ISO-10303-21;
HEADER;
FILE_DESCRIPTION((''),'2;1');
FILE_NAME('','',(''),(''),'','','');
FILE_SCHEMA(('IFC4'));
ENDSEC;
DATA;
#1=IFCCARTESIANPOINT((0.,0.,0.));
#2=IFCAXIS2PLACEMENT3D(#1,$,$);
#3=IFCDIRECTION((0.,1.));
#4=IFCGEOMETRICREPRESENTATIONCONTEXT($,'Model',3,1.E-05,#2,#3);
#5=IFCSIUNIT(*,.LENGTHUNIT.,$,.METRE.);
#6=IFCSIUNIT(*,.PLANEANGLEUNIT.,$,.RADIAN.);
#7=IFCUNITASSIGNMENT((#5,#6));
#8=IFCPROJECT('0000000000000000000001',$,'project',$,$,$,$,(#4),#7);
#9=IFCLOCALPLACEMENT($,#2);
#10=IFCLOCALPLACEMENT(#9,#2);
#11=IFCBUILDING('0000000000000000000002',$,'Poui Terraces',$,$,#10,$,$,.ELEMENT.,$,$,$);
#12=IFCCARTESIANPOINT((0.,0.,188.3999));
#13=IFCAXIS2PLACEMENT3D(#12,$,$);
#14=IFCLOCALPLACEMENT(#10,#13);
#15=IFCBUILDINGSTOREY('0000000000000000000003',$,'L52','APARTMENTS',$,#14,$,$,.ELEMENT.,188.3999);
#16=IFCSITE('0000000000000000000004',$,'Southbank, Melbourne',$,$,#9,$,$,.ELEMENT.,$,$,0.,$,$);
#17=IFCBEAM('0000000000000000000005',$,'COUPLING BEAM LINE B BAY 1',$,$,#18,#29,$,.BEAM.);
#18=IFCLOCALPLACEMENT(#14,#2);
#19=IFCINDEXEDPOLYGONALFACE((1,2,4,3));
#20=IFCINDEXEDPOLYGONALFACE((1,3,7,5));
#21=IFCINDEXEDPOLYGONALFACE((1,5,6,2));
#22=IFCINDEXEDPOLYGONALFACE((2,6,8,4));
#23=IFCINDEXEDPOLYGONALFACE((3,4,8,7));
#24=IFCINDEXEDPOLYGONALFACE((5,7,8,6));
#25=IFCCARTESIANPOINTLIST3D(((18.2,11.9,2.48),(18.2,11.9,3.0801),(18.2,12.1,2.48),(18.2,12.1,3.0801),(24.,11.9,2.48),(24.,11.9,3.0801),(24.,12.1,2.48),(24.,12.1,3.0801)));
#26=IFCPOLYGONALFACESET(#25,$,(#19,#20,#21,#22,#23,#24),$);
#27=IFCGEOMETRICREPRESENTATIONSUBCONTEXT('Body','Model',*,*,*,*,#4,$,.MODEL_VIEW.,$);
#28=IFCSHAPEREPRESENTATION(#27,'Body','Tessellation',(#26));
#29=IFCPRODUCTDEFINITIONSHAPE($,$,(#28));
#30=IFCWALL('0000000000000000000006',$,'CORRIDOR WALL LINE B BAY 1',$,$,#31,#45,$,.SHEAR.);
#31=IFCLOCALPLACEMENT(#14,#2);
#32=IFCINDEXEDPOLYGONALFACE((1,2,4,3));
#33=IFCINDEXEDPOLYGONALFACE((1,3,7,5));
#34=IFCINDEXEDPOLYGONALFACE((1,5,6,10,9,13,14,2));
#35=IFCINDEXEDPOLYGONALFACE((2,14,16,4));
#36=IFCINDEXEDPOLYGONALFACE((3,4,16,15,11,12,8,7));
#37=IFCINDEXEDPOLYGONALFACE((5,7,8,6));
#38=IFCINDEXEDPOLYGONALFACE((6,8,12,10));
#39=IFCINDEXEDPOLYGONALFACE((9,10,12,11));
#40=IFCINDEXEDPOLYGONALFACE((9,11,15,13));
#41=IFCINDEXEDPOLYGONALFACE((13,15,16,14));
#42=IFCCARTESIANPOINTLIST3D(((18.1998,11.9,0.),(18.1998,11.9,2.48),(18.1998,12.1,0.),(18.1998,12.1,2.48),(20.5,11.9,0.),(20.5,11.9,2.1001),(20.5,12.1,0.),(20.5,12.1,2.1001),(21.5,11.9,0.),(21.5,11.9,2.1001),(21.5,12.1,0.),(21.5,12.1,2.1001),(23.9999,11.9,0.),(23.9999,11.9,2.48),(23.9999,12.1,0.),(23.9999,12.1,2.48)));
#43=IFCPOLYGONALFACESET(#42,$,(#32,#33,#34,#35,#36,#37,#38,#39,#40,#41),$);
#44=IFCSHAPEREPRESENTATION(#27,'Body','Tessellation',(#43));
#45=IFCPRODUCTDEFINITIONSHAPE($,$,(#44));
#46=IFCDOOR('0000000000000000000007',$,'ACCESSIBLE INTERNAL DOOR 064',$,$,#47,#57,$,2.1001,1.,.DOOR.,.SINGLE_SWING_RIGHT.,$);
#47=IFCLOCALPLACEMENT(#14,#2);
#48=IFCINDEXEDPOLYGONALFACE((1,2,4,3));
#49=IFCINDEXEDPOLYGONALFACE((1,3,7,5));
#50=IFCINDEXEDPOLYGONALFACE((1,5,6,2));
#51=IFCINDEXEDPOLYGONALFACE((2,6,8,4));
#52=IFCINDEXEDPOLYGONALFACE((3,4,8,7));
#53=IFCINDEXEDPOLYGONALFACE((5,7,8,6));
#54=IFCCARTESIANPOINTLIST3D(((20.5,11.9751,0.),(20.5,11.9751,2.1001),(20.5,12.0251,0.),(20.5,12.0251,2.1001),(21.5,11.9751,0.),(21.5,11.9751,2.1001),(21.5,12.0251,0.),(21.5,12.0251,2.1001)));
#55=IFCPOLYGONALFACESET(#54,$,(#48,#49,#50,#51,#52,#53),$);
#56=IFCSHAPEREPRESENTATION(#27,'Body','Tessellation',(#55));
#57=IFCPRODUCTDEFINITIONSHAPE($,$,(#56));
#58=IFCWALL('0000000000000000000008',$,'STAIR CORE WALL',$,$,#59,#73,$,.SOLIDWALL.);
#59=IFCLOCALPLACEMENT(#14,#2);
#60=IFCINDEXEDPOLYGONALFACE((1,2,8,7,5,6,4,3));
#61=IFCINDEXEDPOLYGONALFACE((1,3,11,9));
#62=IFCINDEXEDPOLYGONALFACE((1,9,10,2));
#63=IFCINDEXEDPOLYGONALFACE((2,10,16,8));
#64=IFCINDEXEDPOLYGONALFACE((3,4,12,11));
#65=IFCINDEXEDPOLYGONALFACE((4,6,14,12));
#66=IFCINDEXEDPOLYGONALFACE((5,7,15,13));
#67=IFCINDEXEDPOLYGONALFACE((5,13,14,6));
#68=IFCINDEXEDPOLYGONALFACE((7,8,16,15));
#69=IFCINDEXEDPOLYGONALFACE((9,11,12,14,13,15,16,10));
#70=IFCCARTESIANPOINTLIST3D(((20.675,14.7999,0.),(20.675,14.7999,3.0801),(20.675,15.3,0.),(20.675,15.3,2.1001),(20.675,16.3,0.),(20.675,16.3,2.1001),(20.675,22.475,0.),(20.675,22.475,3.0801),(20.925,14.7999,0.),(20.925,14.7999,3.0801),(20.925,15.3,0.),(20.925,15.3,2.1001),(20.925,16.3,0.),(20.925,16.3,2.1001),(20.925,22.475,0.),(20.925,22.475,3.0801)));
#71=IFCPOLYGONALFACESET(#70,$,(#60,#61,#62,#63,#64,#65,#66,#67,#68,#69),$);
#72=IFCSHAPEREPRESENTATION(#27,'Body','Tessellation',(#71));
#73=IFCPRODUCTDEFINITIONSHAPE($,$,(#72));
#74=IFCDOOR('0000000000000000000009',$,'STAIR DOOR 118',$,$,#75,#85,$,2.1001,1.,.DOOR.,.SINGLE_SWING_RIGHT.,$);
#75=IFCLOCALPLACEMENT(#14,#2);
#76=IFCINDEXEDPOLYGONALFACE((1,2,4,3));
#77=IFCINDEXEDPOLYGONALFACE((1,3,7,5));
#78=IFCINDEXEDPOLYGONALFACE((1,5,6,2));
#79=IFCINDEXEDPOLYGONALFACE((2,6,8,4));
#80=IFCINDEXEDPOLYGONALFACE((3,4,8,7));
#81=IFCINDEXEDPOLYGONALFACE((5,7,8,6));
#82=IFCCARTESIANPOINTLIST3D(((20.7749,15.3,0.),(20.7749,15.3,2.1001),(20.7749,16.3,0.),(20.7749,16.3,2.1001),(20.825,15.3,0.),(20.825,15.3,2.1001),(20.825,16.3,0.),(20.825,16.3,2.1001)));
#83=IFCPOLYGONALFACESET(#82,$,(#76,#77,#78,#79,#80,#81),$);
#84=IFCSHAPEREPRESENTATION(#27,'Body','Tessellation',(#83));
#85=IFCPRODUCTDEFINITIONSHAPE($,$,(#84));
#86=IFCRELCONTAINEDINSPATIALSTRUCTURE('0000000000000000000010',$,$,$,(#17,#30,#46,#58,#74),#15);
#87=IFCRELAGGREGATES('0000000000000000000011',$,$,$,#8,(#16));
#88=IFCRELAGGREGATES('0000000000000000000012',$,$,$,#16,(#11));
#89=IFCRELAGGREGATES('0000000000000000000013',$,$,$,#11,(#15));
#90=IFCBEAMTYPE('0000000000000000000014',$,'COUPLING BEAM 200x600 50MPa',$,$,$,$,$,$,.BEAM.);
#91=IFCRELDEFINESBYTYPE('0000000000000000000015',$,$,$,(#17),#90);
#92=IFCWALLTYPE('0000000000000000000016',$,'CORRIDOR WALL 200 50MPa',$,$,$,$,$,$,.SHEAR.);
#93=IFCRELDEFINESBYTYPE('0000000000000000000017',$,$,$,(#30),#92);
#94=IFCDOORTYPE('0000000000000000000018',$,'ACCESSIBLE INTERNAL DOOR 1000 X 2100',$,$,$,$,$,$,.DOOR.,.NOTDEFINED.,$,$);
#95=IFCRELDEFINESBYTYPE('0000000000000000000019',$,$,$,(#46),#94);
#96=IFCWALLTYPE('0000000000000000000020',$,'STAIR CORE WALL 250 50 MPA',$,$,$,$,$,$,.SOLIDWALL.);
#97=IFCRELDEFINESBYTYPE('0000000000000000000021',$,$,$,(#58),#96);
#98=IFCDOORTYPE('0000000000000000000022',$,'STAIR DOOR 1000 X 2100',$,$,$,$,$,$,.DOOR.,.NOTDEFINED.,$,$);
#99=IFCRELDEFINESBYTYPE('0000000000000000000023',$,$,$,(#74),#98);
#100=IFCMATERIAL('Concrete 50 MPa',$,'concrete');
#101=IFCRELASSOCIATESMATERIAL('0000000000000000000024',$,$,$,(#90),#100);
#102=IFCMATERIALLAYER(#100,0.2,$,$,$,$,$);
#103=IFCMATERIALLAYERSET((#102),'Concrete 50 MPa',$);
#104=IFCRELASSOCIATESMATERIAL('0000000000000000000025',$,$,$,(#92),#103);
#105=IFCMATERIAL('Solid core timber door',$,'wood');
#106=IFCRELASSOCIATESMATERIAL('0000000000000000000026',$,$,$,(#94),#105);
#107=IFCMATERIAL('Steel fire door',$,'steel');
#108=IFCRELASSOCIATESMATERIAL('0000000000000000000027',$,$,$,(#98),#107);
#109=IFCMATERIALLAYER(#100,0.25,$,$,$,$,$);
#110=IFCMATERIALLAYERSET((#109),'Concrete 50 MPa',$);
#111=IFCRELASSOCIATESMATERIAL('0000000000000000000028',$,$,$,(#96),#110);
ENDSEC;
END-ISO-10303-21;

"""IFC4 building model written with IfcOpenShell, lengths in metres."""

from ifc_helpers import new_model, si_unit, direction, frame, frame_2d, origin, origin_2d, place, context, subcontext, project, spatial, rectangle, extrude, source, transform, mapped, material, layer, layer_set, material_profile, profile_set, type_object, element, fill, save


model = new_model("IFC4")

# Units and contexts
model_context = context("Model", 3, precision=1e-05, world=origin(), true_north=direction((0.0, 1.0)))
body_context = subcontext(model_context, "Body", "Model", "MODEL_VIEW")
ifc_project = project(units=[si_unit("LENGTHUNIT", "METRE"), si_unit("PLANEANGLEUNIT", "RADIAN")], contexts=[model_context])

# Site, building, storey
site_placement = place(None, origin())
site = spatial("IfcSite", under=ifc_project, at=site_placement, Name="Southbank, Melbourne", CompositionType="ELEMENT", RefElevation=0.0)
building_placement = place(site_placement, origin())
building = spatial("IfcBuilding", under=site, at=building_placement, Name="Poui Terraces", CompositionType="ELEMENT")
storey_placement = place(building_placement, frame((0.0, 0.0, 188.3999)))
storey = spatial("IfcBuildingStorey", under=building, at=storey_placement, Name="L52", Description="APARTMENTS", CompositionType="ELEMENT", Elevation=188.3999)

# Beam
ifc_material_1 = material(Name="Concrete 50 MPa", Category="concrete")
ifc_material_profile = material_profile(ifc_material_1, rectangle(XDim=0.2, YDim=0.6001, at=origin_2d()), Name="RC 200x600")
ifc_profile_set = profile_set([ifc_material_profile], Name="Concrete 50 MPa")
beam_type = type_object("IfcBeamType", Name="COUPLING BEAM 200x600 50MPa", PredefinedType="BEAM", material=ifc_profile_set)
shared_shape = source(origin(), body_context, "Body", "SweptSolid", [
    extrude(rectangle(XDim=0.2, YDim=0.6001, at=origin_2d()), origin(), (0.0, 0.0, 1.0), 5.8),
])
beam_placement = place(storey_placement, frame((18.2, 12.0, 2.78), z_axis=(1.0, 0.0, 0.0), x_axis=(0.0, 1.0, 0.0)))
element("IfcBeam", 1, at=beam_placement, inside=storey, type_object=beam_type, Name="COUPLING BEAM LINE B BAY 1", PredefinedType="BEAM", context=body_context, shape_type="MappedRepresentation", body=[
    mapped(shared_shape, transform((0.0, 0.0, 0.0))),
])

# Wall, opening, door
ifc_layer_1 = layer(ifc_material_1, 0.2)
ifc_layer_set_1 = layer_set([ifc_layer_1], Name="Concrete 50 MPa")
wall_type_1 = type_object("IfcWallType", Name="CORRIDOR WALL 200 50MPa", PredefinedType="SHEAR", material=ifc_layer_set_1)
wall_1_placement = place(storey_placement, frame((18.2, 12.0, 0.0), z_axis=(0.0, 0.0, 1.0), x_axis=(1.0, 0.0, 0.0)))
wall_1 = element("IfcWall", 2, at=wall_1_placement, inside=storey, type_object=wall_type_1, Name="CORRIDOR WALL LINE B BAY 1", PredefinedType="SHEAR", context=body_context, shape_type="SweptSolid", body=[
    extrude(rectangle(XDim=5.8, YDim=0.2, at=frame_2d((2.8999, 0.0))), origin(), (0.0, 0.0, 1.0), 2.48),
])
opening_1_placement = place(wall_1_placement, frame((2.3, 0.0, 0.0)))
opening_1 = element("IfcOpeningElement", 3, at=opening_1_placement, cuts=wall_1, PredefinedType="OPENING", context=body_context, shape_type="SweptSolid", body=[
    extrude(rectangle(XDim=1.0, YDim=2.1001, at=frame_2d((0.5, 1.05))), frame((0.0, 0.1099, 0.0), z_axis=(0.0, -1.0, 0.0), x_axis=(1.0, 0.0, 0.0)), (0.0, 0.0, 1.0), 0.22),
])
ifc_material_2 = material(Name="Solid core timber door", Category="wood")
door_type_1 = type_object("IfcDoorType", Name="ACCESSIBLE INTERNAL DOOR 1000 X 2100", OperationType="NOTDEFINED", PredefinedType="DOOR", material=ifc_material_2)
door_1_placement = place(opening_1_placement, frame((1.0, 0.0, 0.0), z_axis=(0.0, 0.0, 1.0), x_axis=(-1.0, 0.0, 0.0)))
door_1 = element("IfcDoor", 4, at=door_1_placement, inside=storey, type_object=door_type_1, Name="ACCESSIBLE INTERNAL DOOR 064", OperationType="SINGLE_SWING_RIGHT", OverallHeight=2.1001, OverallWidth=1.0, PredefinedType="DOOR", context=body_context, shape_type="SweptSolid", body=[
    extrude(rectangle(XDim=1.0, YDim=2.1001, at=frame_2d((0.5, 1.05))), frame((0.0, 0.0249, 0.0), z_axis=(0.0, -1.0, 0.0), x_axis=(1.0, 0.0, 0.0)), (0.0, 0.0, 1.0), 0.05),
])
fill(opening_1, door_1)

# Shared definitions
ifc_material_3 = material(Name="Steel fire door", Category="steel")
door_type_2 = type_object("IfcDoorType", Name="STAIR DOOR 1000 X 2100", OperationType="NOTDEFINED", PredefinedType="DOOR", material=ifc_material_3)

# Wall, opening, door
ifc_layer_2 = layer(ifc_material_1, 0.25)
ifc_layer_set_2 = layer_set([ifc_layer_2], Name="Concrete 50 MPa")
wall_type_2 = type_object("IfcWallType", Name="STAIR CORE WALL 250 50 MPA", PredefinedType="SOLIDWALL", material=ifc_layer_set_2)
wall_2_placement = place(storey_placement, frame((20.8, 14.8, 0.0), z_axis=(0.0, 0.0, 1.0), x_axis=(0.0, 1.0, 0.0)))
wall_2 = element("IfcWall", 5, at=wall_2_placement, inside=storey, type_object=wall_type_2, Name="STAIR CORE WALL", PredefinedType="SOLIDWALL", context=body_context, shape_type="SweptSolid", body=[
    extrude(rectangle(XDim=7.675, YDim=0.25, at=frame_2d((3.8374, 0.0))), origin(), (0.0, 0.0, 1.0), 3.0801),
])
opening_2_placement = place(wall_2_placement, frame((0.5, 0.0, 0.0)))
opening_2 = element("IfcOpeningElement", 6, at=opening_2_placement, cuts=wall_2, PredefinedType="OPENING", context=body_context, shape_type="SweptSolid", body=[
    extrude(rectangle(XDim=1.0, YDim=2.1001, at=frame_2d((0.5, 1.05))), frame((0.0, 0.135, 0.0), z_axis=(0.0, -1.0, 0.0), x_axis=(1.0, 0.0, 0.0)), (0.0, 0.0, 1.0), 0.27),
])
door_2_placement = place(opening_2_placement, frame((1.0, 0.0, 0.0), z_axis=(0.0, 0.0, 1.0), x_axis=(-1.0, 0.0, 0.0)))
door_2 = element("IfcDoor", 7, at=door_2_placement, inside=storey, type_object=door_type_2, Name="STAIR DOOR 118", OperationType="SINGLE_SWING_RIGHT", OverallHeight=2.1001, OverallWidth=1.0, PredefinedType="DOOR", context=body_context, shape_type="SweptSolid", body=[
    extrude(rectangle(XDim=1.0, YDim=2.1001, at=frame_2d((0.5, 1.05))), frame((0.0, 0.0249, 0.0), z_axis=(0.0, -1.0, 0.0), x_axis=(1.0, 0.0, 0.0)), (0.0, 0.0, 1.0), 0.05),
])
fill(opening_2, door_2)

save(model, "model.ifc")
